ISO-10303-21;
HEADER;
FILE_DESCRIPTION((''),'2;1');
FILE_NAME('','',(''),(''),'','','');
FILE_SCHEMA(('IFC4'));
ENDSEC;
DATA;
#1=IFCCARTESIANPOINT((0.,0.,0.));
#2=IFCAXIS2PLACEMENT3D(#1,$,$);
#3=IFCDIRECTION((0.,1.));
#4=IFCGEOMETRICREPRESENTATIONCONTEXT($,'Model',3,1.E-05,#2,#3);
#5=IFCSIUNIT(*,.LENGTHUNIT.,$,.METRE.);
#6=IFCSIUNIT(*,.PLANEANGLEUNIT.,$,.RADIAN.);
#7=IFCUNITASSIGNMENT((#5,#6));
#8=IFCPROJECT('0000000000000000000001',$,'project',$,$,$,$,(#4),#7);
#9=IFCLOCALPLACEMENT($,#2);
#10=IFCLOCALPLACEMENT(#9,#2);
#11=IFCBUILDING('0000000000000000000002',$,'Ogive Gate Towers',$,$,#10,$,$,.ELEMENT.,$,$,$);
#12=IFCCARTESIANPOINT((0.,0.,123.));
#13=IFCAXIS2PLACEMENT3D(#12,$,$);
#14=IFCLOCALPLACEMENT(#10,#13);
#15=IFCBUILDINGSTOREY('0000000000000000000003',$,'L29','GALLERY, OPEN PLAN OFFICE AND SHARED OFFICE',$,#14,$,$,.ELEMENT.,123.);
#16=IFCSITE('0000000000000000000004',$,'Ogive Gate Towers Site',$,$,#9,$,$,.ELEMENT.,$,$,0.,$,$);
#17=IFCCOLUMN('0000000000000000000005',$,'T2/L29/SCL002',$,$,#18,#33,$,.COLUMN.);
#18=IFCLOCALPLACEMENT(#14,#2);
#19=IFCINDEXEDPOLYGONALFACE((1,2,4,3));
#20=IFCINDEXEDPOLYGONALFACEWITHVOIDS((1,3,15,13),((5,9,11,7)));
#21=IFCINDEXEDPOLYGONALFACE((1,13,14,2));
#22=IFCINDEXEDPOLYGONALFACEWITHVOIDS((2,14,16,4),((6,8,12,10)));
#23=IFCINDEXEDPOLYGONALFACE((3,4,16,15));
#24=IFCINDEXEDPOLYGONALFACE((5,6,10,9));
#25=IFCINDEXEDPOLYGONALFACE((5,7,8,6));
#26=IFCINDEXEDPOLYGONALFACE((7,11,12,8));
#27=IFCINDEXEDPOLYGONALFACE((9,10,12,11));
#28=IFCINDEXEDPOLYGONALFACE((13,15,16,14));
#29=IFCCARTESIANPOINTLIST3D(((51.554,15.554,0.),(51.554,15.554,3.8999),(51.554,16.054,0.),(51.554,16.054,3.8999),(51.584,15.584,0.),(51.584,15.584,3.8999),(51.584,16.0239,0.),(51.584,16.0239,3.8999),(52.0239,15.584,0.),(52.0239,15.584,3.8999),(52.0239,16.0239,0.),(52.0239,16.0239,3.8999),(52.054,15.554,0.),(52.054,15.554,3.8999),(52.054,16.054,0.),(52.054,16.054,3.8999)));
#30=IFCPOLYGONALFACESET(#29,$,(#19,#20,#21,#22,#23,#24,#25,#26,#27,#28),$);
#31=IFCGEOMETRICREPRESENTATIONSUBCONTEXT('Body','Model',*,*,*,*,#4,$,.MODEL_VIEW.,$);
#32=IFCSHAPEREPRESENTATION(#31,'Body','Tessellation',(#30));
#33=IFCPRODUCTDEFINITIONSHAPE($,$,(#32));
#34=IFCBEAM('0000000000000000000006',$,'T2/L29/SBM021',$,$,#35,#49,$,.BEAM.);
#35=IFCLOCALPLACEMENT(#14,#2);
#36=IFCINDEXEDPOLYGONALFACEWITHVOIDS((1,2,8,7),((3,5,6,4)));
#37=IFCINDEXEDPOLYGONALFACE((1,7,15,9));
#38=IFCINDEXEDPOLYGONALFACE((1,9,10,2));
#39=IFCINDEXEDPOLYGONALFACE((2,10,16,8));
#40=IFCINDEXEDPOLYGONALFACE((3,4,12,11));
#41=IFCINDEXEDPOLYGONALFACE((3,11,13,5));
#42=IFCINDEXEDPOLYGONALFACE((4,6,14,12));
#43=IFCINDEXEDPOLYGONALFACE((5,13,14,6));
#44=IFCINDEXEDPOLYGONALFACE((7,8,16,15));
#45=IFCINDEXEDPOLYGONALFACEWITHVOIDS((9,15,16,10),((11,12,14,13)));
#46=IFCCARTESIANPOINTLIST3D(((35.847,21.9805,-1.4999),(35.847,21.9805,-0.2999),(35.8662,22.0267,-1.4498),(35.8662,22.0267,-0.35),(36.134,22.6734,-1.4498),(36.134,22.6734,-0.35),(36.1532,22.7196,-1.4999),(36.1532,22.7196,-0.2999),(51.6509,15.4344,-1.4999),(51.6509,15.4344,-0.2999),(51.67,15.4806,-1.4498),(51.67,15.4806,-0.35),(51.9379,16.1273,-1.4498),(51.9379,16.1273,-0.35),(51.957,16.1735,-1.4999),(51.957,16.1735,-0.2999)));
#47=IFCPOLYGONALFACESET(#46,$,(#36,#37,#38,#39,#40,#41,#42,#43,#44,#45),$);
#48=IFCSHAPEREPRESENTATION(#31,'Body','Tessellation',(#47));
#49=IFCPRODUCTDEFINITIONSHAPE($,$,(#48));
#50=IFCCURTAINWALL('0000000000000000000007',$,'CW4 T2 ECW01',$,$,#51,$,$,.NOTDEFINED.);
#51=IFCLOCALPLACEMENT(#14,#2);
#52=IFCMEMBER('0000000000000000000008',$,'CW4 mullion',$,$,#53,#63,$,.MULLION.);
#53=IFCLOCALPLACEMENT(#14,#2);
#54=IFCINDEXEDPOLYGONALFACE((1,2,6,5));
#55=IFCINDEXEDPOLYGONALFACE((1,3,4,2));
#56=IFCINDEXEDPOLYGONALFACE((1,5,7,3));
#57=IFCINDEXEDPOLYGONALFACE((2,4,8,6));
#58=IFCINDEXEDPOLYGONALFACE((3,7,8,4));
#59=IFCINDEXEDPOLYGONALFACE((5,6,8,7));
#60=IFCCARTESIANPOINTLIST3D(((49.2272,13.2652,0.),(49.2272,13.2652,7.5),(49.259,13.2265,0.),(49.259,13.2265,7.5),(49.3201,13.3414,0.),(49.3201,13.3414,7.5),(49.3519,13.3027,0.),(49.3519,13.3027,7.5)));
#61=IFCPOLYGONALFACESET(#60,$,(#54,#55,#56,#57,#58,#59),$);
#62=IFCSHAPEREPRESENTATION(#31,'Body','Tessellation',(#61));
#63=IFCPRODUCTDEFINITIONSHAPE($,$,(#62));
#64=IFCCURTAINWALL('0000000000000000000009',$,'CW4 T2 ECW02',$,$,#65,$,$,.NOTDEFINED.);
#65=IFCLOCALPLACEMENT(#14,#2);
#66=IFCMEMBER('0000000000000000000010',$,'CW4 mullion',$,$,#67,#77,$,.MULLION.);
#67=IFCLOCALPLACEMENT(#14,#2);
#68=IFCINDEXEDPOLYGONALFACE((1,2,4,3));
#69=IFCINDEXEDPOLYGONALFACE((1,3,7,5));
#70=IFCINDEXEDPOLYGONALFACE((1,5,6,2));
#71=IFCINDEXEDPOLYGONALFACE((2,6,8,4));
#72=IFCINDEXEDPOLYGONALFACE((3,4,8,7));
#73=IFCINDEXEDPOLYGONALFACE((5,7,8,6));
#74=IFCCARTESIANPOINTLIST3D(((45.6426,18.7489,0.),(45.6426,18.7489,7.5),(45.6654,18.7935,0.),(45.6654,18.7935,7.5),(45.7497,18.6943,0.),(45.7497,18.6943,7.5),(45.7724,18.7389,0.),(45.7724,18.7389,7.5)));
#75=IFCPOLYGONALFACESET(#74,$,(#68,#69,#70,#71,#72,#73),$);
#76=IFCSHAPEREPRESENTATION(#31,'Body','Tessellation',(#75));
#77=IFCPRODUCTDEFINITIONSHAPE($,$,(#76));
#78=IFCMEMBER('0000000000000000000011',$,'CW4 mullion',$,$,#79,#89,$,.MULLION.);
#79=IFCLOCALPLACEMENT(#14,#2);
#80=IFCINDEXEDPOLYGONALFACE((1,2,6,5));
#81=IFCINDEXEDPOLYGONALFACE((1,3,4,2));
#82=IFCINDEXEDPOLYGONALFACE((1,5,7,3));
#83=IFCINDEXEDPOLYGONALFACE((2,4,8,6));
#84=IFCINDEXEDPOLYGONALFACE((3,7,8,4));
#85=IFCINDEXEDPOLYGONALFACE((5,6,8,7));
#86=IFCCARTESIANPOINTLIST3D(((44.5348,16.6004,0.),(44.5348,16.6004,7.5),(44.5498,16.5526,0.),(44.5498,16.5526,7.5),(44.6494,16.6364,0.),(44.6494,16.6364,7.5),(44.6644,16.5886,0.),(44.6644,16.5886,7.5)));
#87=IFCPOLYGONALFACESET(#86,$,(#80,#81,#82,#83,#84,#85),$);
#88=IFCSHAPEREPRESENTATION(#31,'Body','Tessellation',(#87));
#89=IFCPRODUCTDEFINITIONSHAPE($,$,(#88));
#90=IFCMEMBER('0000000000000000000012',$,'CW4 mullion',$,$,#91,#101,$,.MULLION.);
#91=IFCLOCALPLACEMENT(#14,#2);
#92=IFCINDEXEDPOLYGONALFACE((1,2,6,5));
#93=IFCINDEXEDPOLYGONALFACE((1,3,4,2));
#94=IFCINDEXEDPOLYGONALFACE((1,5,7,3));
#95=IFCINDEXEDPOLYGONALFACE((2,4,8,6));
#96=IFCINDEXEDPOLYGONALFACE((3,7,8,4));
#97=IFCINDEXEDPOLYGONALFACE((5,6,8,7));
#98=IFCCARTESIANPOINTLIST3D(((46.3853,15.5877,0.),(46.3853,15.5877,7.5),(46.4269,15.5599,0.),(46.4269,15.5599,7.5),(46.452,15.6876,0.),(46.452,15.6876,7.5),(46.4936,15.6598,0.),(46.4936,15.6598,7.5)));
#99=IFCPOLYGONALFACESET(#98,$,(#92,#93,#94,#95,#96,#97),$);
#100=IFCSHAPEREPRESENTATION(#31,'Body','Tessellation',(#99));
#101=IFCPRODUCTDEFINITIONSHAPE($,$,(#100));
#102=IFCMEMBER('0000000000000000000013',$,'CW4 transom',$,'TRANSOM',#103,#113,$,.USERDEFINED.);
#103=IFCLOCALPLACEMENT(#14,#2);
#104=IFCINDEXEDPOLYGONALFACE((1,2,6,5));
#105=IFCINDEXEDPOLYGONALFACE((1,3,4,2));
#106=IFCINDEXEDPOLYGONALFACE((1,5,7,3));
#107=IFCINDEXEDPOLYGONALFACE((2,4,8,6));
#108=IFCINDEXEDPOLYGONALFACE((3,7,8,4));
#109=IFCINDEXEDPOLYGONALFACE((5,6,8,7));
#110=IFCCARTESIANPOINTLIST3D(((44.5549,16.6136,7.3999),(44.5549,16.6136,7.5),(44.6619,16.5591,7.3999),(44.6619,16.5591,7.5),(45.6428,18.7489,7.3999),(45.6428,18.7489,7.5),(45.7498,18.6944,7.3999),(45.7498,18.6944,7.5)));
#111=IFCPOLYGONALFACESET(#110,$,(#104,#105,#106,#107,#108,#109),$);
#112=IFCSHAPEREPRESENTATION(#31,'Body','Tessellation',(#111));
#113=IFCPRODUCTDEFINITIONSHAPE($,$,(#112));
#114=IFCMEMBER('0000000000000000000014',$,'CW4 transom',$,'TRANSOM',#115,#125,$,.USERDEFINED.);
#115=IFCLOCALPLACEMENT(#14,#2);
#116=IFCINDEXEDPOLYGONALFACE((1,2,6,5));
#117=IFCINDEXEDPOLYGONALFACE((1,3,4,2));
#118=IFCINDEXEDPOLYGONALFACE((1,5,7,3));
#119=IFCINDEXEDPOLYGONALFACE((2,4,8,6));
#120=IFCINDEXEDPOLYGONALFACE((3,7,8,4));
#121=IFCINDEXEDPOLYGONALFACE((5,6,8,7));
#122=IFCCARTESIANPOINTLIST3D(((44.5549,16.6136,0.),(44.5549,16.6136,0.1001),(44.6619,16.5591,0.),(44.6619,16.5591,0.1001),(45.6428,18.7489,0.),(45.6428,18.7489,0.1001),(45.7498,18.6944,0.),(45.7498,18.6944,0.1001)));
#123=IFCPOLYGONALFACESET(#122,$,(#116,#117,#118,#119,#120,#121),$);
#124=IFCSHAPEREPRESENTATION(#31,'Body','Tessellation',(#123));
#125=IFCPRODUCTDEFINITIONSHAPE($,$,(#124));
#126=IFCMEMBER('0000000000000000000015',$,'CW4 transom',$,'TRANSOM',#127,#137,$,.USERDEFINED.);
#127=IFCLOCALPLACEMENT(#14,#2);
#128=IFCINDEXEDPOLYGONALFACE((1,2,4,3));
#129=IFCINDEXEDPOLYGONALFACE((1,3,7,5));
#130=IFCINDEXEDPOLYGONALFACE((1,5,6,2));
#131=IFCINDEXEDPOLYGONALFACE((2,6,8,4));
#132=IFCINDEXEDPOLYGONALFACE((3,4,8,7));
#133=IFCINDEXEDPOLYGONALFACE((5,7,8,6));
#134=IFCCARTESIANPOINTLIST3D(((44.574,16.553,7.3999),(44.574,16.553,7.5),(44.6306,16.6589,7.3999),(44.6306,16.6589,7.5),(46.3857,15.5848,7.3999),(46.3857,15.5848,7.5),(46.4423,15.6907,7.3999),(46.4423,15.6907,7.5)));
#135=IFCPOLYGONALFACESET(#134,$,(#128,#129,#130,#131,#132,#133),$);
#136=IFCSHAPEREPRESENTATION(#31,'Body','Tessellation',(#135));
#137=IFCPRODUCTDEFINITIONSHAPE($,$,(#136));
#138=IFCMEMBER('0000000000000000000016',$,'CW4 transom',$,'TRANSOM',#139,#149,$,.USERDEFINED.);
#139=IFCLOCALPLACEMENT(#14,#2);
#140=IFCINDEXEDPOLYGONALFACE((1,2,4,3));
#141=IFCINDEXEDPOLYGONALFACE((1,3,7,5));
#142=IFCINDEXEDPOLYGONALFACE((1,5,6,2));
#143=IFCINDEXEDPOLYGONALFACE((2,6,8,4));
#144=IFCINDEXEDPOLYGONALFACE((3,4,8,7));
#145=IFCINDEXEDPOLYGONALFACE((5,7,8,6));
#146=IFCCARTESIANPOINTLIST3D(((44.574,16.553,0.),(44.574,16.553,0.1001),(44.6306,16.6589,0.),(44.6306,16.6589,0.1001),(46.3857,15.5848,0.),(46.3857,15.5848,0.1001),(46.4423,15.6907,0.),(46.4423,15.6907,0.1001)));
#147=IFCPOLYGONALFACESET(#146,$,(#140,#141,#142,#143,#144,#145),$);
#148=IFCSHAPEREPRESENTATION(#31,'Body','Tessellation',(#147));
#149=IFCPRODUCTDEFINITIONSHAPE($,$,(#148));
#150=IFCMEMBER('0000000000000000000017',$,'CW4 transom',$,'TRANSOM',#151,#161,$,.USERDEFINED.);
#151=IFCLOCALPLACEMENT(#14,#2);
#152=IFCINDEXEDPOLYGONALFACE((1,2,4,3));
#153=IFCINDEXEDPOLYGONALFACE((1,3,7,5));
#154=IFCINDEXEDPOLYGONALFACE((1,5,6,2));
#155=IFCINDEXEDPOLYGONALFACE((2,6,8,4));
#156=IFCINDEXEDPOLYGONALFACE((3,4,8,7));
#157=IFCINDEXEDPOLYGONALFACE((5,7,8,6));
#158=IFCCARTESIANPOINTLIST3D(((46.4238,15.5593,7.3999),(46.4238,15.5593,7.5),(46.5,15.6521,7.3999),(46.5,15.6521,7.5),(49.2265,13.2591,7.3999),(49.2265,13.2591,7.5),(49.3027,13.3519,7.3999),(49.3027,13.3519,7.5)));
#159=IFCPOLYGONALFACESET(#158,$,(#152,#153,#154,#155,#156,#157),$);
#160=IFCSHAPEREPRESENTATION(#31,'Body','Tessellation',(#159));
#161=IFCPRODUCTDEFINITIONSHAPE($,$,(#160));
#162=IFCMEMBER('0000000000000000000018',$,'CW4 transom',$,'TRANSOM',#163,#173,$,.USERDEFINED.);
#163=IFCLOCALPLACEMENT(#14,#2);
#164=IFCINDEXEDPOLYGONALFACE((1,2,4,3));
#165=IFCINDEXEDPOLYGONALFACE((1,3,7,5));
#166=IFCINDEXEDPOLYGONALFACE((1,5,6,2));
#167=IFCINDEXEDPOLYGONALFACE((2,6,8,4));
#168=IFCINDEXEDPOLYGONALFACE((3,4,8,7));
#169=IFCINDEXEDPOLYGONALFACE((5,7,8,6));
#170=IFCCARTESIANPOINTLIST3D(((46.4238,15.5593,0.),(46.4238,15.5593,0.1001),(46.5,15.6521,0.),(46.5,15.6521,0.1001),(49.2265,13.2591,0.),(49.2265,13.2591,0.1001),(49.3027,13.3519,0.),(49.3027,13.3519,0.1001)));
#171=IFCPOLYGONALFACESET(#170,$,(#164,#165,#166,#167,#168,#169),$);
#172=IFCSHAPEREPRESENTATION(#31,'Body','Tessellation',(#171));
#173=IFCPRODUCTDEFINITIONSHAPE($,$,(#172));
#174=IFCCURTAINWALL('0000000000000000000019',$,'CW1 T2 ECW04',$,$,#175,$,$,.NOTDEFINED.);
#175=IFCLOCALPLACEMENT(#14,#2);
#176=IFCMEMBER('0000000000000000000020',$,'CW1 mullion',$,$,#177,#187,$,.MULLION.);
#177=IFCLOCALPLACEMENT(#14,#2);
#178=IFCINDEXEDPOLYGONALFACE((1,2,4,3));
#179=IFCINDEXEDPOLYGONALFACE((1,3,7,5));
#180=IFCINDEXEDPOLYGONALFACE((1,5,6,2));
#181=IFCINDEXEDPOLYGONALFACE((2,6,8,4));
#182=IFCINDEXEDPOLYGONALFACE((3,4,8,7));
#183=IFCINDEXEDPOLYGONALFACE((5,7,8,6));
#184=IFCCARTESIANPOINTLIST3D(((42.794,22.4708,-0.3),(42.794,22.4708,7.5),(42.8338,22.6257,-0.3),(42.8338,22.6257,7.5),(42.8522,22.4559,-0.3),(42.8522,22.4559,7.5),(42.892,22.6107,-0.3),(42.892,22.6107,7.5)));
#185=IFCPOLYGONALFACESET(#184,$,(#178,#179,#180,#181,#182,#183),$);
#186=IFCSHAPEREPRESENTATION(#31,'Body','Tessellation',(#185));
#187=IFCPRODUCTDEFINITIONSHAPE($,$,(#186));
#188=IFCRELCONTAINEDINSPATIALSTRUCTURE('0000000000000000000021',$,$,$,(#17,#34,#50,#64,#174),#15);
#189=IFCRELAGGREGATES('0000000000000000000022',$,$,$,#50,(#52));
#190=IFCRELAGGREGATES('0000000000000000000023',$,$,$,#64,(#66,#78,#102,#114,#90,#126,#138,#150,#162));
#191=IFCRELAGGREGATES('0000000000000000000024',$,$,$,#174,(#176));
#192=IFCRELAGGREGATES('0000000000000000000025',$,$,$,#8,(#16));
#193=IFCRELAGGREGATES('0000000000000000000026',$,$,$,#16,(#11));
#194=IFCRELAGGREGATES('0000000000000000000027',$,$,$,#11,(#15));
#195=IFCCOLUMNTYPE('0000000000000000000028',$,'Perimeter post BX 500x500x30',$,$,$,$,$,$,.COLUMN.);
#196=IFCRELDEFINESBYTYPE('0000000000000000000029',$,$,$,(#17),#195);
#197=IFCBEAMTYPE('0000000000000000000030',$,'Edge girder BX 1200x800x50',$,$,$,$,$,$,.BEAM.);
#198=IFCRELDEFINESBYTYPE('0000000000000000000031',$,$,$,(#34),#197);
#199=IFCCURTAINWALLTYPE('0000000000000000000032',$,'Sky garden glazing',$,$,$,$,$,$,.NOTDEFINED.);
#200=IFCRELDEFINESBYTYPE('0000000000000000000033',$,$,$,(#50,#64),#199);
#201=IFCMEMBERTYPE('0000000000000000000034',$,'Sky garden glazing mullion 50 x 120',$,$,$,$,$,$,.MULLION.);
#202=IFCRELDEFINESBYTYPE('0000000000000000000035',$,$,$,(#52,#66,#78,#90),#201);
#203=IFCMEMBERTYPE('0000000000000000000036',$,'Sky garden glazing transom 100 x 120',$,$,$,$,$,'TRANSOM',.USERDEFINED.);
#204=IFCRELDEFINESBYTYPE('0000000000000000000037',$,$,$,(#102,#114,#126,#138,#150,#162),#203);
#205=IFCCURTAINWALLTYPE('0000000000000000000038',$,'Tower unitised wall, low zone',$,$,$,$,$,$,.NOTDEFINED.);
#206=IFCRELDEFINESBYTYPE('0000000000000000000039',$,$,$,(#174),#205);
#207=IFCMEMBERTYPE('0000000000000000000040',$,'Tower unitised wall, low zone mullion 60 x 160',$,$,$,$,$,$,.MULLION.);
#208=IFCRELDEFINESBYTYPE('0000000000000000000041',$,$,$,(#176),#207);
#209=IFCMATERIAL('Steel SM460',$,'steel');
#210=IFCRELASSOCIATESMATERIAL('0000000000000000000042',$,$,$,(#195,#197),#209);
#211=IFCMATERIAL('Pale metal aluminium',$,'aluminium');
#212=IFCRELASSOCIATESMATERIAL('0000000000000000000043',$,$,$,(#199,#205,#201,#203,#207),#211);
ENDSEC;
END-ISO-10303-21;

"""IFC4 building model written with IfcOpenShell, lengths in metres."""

from ifc_helpers import new_model, si_unit, direction, frame, origin, origin_2d, place, context, subcontext, project, spatial, rectangle, hollow_rectangle, extrude, material, material_profile, profile_set, type_object, element, aggregate, save


model = new_model("IFC4")

# Units and contexts
model_context = context("Model", 3, precision=1e-05, world=origin(), true_north=direction((0.0, 1.0)))
body_context = subcontext(model_context, "Body", "Model", "MODEL_VIEW")
ifc_project = project(units=[si_unit("LENGTHUNIT", "METRE"), si_unit("PLANEANGLEUNIT", "RADIAN")], contexts=[model_context])

# Site, building, storey
site_placement = place(None, origin())
site = spatial("IfcSite", under=ifc_project, at=site_placement, Name="Ogive Gate Towers Site", CompositionType="ELEMENT", RefElevation=0.0)
building_placement = place(site_placement, origin())
building = spatial("IfcBuilding", under=site, at=building_placement, Name="Ogive Gate Towers", CompositionType="ELEMENT")
storey_placement = place(building_placement, frame((0.0, 0.0, 123.0)))
storey = spatial("IfcBuildingStorey", under=building, at=storey_placement, Name="L29", Description="GALLERY, OPEN PLAN OFFICE AND SHARED OFFICE", CompositionType="ELEMENT", Elevation=123.0)

# Column
ifc_material_1 = material(Name="Steel SM460", Category="steel")
ifc_material_profile_1 = material_profile(ifc_material_1, hollow_rectangle(XDim=0.5, YDim=0.5, WallThickness=0.03, at=origin_2d()), Name="BX 500x500x30")
ifc_profile_set_1 = profile_set([ifc_material_profile_1], Name="Steel SM460")
column_type = type_object("IfcColumnType", Name="Perimeter post BX 500x500x30", PredefinedType="COLUMN", material=ifc_profile_set_1)
column_placement = place(storey_placement, frame((51.804, 15.804, 0.0), z_axis=(0.0, 0.0, 1.0), x_axis=(1.0, 0.0, 0.0)))
element("IfcColumn", 1, at=column_placement, inside=storey, type_object=column_type, Name="T2/L29/SCL002", PredefinedType="COLUMN", context=body_context, shape_type="SweptSolid", body=[
    extrude(hollow_rectangle(XDim=0.5, YDim=0.5, WallThickness=0.03, at=origin_2d()), origin(), (0.0, 0.0, 1.0), 3.8999),
])

# Beam
ifc_material_profile_2 = material_profile(ifc_material_1, hollow_rectangle(XDim=0.8, YDim=1.2, WallThickness=0.05, at=origin_2d()), Name="BX 1200x800x50")
ifc_profile_set_2 = profile_set([ifc_material_profile_2], Name="Steel SM460")
beam_type = type_object("IfcBeamType", Name="Edge girder BX 1200x800x50", PredefinedType="BEAM", material=ifc_profile_set_2)
beam_placement = place(storey_placement, frame((51.804, 15.804, -0.8999), z_axis=(-0.923881, 0.38268, 0.0), x_axis=(-0.38268, -0.923881, 0.0)))
element("IfcBeam", 2, at=beam_placement, inside=storey, type_object=beam_type, Name="T2/L29/SBM021", PredefinedType="BEAM", context=body_context, shape_type="SweptSolid", body=[
    extrude(hollow_rectangle(XDim=0.8, YDim=1.2, WallThickness=0.05, at=origin_2d()), origin(), (0.0, 0.0, 1.0), 17.106),
])

# Curtain wall, member
ifc_material_2 = material(Name="Pale metal aluminium", Category="aluminium")
curtain_wall_type_1 = type_object("IfcCurtainWallType", Name="Sky garden glazing", PredefinedType="NOTDEFINED", material=ifc_material_2)
curtain_wall_1_placement = place(storey_placement, origin())
curtain_wall_1 = element("IfcCurtainWall", 3, at=curtain_wall_1_placement, inside=storey, type_object=curtain_wall_type_1, Name="CW4 T2 ECW01", PredefinedType="NOTDEFINED")
ifc_material_profile_3 = material_profile(ifc_material_2, rectangle(XDim=0.1201, YDim=0.05, at=origin_2d()), Name="50 x 120 aluminium box")
ifc_profile_set_3 = profile_set([ifc_material_profile_3], Name="Pale metal aluminium")
member_type_1 = type_object("IfcMemberType", Name="Sky garden glazing mullion 50 x 120", PredefinedType="MULLION", material=ifc_profile_set_3)
member_1_placement = place(storey_placement, frame((49.2896, 13.2839, 0.0), z_axis=(0.0, 0.0, 1.0), x_axis=(-0.77301, -0.634393, 0.0)))
member_1 = element("IfcMember", 4, at=member_1_placement, type_object=member_type_1, Name="CW4 mullion", PredefinedType="MULLION", context=body_context, shape_type="SweptSolid", body=[
    extrude(rectangle(XDim=0.1201, YDim=0.05, at=origin_2d()), origin(), (0.0, 0.0, 1.0), 7.5),
])
aggregate(curtain_wall_1, [member_1])

# Curtain walls, members
curtain_wall_2_placement = place(storey_placement, origin())
curtain_wall_2 = element("IfcCurtainWall", 5, at=curtain_wall_2_placement, inside=storey, type_object=curtain_wall_type_1, Name="CW4 T2 ECW02", PredefinedType="NOTDEFINED")
member_2_placement = place(storey_placement, frame((45.7075, 18.7439, 0.0), z_axis=(0.0, 0.0, 1.0), x_axis=(-0.891007, 0.45399, 0.0)))
member_2 = element("IfcMember", 6, at=member_2_placement, type_object=member_type_1, Name="CW4 mullion", PredefinedType="MULLION", context=body_context, shape_type="SweptSolid", body=[
    extrude(rectangle(XDim=0.1201, YDim=0.05, at=origin_2d()), origin(), (0.0, 0.0, 1.0), 7.5),
])
member_3_placement = place(storey_placement, frame((44.5996, 16.5945, 0.0), z_axis=(0.0, 0.0, 1.0), x_axis=(-0.954042, -0.299674, 0.0)))
member_3 = element("IfcMember", 7, at=member_3_placement, type_object=member_type_1, Name="CW4 mullion", PredefinedType="MULLION", context=body_context, shape_type="SweptSolid", body=[
    extrude(rectangle(XDim=0.1201, YDim=0.05, at=origin_2d()), origin(), (0.0, 0.0, 1.0), 7.5),
])
member_4_placement = place(storey_placement, frame((46.4395, 15.6238, 0.0), z_axis=(0.0, 0.0, 1.0), x_axis=(-0.55557, -0.83147, 0.0)))
member_4 = element("IfcMember", 8, at=member_4_placement, type_object=member_type_1, Name="CW4 mullion", PredefinedType="MULLION", context=body_context, shape_type="SweptSolid", body=[
    extrude(rectangle(XDim=0.1201, YDim=0.05, at=origin_2d()), origin(), (0.0, 0.0, 1.0), 7.5),
])
ifc_material_profile_4 = material_profile(ifc_material_2, rectangle(XDim=0.1201, YDim=0.1001, at=origin_2d()), Name="100 x 120 aluminium box")
ifc_profile_set_4 = profile_set([ifc_material_profile_4], Name="Pale metal aluminium")
member_type_2 = type_object("IfcMemberType", Name="Sky garden glazing transom 100 x 120", ElementType="TRANSOM", PredefinedType="USERDEFINED", material=ifc_profile_set_4)
member_5_placement = place(storey_placement, frame((45.6963, 18.7217, 7.45), z_axis=(-0.453965, -0.891019, 0.0), x_axis=(0.891019, -0.453965, 0.0)))
member_5 = element("IfcMember", 9, at=member_5_placement, type_object=member_type_2, Name="CW4 transom", ObjectType="TRANSOM", PredefinedType="USERDEFINED", context=body_context, shape_type="SweptSolid", body=[
    extrude(rectangle(XDim=0.1201, YDim=0.1001, at=origin_2d()), origin(), (0.0, 0.0, 1.0), 2.3965),
])
member_6_placement = place(storey_placement, frame((45.6963, 18.7217, 0.05), z_axis=(-0.453965, -0.891019, 0.0), x_axis=(0.891019, -0.453965, 0.0)))
member_6 = element("IfcMember", 10, at=member_6_placement, type_object=member_type_2, Name="CW4 transom", ObjectType="TRANSOM", PredefinedType="USERDEFINED", context=body_context, shape_type="SweptSolid", body=[
    extrude(rectangle(XDim=0.1201, YDim=0.1001, at=origin_2d()), origin(), (0.0, 0.0, 1.0), 2.3965),
])
member_7_placement = place(storey_placement, frame((44.6023, 16.606, 7.45), z_axis=(0.881951, -0.471341, 0.0), x_axis=(0.471341, 0.881951, 0.0)))
member_7 = element("IfcMember", 11, at=member_7_placement, type_object=member_type_2, Name="CW4 transom", ObjectType="TRANSOM", PredefinedType="USERDEFINED", context=body_context, shape_type="SweptSolid", body=[
    extrude(rectangle(XDim=0.1201, YDim=0.1001, at=origin_2d()), origin(), (0.0, 0.0, 1.0), 2.0542),
])
member_8_placement = place(storey_placement, frame((44.6023, 16.606, 0.05), z_axis=(0.881951, -0.471341, 0.0), x_axis=(0.471341, 0.881951, 0.0)))
member_8 = element("IfcMember", 12, at=member_8_placement, type_object=member_type_2, Name="CW4 transom", ObjectType="TRANSOM", PredefinedType="USERDEFINED", context=body_context, shape_type="SweptSolid", body=[
    extrude(rectangle(XDim=0.1201, YDim=0.1001, at=origin_2d()), origin(), (0.0, 0.0, 1.0), 2.0542),
])
member_9_placement = place(storey_placement, frame((46.4619, 15.6057, 7.45), z_axis=(0.77299, -0.634418, 0.0), x_axis=(0.634418, 0.77299, 0.0)))
member_9 = element("IfcMember", 13, at=member_9_placement, type_object=member_type_2, Name="CW4 transom", ObjectType="TRANSOM", PredefinedType="USERDEFINED", context=body_context, shape_type="SweptSolid", body=[
    extrude(rectangle(XDim=0.1201, YDim=0.1001, at=origin_2d()), origin(), (0.0, 0.0, 1.0), 3.6257),
])
member_10_placement = place(storey_placement, frame((46.4619, 15.6057, 0.05), z_axis=(0.77299, -0.634418, 0.0), x_axis=(0.634418, 0.77299, 0.0)))
member_10 = element("IfcMember", 14, at=member_10_placement, type_object=member_type_2, Name="CW4 transom", ObjectType="TRANSOM", PredefinedType="USERDEFINED", context=body_context, shape_type="SweptSolid", body=[
    extrude(rectangle(XDim=0.1201, YDim=0.1001, at=origin_2d()), origin(), (0.0, 0.0, 1.0), 3.6257),
])
curtain_wall_type_2 = type_object("IfcCurtainWallType", Name="Tower unitised wall, low zone", PredefinedType="NOTDEFINED", material=ifc_material_2)
curtain_wall_3_placement = place(storey_placement, origin())
curtain_wall_3 = element("IfcCurtainWall", 15, at=curtain_wall_3_placement, inside=storey, type_object=curtain_wall_type_2, Name="CW1 T2 ECW04", PredefinedType="NOTDEFINED")
ifc_material_profile_5 = material_profile(ifc_material_2, rectangle(XDim=0.1599, YDim=0.0601, at=origin_2d()), Name="60 x 160 aluminium box")
ifc_profile_set_5 = profile_set([ifc_material_profile_5], Name="Pale metal aluminium")
member_type_3 = type_object("IfcMemberType", Name="Tower unitised wall, low zone mullion 60 x 160", PredefinedType="MULLION", material=ifc_profile_set_5)
member_11_placement = place(storey_placement, frame((42.843, 22.5408, -0.3), z_axis=(0.0, 0.0, 1.0), x_axis=(-0.248808, -0.968553, 0.0)))
member_11 = element("IfcMember", 16, at=member_11_placement, type_object=member_type_3, Name="CW1 mullion", PredefinedType="MULLION", context=body_context, shape_type="SweptSolid", body=[
    extrude(rectangle(XDim=0.1599, YDim=0.0601, at=origin_2d()), origin(), (0.0, 0.0, 1.0), 7.8),
])

aggregate(curtain_wall_2, [member_2, member_3, member_5, member_6, member_4, member_7, member_8, member_9, member_10])
aggregate(curtain_wall_3, [member_11])

save(model, "model.ifc")
